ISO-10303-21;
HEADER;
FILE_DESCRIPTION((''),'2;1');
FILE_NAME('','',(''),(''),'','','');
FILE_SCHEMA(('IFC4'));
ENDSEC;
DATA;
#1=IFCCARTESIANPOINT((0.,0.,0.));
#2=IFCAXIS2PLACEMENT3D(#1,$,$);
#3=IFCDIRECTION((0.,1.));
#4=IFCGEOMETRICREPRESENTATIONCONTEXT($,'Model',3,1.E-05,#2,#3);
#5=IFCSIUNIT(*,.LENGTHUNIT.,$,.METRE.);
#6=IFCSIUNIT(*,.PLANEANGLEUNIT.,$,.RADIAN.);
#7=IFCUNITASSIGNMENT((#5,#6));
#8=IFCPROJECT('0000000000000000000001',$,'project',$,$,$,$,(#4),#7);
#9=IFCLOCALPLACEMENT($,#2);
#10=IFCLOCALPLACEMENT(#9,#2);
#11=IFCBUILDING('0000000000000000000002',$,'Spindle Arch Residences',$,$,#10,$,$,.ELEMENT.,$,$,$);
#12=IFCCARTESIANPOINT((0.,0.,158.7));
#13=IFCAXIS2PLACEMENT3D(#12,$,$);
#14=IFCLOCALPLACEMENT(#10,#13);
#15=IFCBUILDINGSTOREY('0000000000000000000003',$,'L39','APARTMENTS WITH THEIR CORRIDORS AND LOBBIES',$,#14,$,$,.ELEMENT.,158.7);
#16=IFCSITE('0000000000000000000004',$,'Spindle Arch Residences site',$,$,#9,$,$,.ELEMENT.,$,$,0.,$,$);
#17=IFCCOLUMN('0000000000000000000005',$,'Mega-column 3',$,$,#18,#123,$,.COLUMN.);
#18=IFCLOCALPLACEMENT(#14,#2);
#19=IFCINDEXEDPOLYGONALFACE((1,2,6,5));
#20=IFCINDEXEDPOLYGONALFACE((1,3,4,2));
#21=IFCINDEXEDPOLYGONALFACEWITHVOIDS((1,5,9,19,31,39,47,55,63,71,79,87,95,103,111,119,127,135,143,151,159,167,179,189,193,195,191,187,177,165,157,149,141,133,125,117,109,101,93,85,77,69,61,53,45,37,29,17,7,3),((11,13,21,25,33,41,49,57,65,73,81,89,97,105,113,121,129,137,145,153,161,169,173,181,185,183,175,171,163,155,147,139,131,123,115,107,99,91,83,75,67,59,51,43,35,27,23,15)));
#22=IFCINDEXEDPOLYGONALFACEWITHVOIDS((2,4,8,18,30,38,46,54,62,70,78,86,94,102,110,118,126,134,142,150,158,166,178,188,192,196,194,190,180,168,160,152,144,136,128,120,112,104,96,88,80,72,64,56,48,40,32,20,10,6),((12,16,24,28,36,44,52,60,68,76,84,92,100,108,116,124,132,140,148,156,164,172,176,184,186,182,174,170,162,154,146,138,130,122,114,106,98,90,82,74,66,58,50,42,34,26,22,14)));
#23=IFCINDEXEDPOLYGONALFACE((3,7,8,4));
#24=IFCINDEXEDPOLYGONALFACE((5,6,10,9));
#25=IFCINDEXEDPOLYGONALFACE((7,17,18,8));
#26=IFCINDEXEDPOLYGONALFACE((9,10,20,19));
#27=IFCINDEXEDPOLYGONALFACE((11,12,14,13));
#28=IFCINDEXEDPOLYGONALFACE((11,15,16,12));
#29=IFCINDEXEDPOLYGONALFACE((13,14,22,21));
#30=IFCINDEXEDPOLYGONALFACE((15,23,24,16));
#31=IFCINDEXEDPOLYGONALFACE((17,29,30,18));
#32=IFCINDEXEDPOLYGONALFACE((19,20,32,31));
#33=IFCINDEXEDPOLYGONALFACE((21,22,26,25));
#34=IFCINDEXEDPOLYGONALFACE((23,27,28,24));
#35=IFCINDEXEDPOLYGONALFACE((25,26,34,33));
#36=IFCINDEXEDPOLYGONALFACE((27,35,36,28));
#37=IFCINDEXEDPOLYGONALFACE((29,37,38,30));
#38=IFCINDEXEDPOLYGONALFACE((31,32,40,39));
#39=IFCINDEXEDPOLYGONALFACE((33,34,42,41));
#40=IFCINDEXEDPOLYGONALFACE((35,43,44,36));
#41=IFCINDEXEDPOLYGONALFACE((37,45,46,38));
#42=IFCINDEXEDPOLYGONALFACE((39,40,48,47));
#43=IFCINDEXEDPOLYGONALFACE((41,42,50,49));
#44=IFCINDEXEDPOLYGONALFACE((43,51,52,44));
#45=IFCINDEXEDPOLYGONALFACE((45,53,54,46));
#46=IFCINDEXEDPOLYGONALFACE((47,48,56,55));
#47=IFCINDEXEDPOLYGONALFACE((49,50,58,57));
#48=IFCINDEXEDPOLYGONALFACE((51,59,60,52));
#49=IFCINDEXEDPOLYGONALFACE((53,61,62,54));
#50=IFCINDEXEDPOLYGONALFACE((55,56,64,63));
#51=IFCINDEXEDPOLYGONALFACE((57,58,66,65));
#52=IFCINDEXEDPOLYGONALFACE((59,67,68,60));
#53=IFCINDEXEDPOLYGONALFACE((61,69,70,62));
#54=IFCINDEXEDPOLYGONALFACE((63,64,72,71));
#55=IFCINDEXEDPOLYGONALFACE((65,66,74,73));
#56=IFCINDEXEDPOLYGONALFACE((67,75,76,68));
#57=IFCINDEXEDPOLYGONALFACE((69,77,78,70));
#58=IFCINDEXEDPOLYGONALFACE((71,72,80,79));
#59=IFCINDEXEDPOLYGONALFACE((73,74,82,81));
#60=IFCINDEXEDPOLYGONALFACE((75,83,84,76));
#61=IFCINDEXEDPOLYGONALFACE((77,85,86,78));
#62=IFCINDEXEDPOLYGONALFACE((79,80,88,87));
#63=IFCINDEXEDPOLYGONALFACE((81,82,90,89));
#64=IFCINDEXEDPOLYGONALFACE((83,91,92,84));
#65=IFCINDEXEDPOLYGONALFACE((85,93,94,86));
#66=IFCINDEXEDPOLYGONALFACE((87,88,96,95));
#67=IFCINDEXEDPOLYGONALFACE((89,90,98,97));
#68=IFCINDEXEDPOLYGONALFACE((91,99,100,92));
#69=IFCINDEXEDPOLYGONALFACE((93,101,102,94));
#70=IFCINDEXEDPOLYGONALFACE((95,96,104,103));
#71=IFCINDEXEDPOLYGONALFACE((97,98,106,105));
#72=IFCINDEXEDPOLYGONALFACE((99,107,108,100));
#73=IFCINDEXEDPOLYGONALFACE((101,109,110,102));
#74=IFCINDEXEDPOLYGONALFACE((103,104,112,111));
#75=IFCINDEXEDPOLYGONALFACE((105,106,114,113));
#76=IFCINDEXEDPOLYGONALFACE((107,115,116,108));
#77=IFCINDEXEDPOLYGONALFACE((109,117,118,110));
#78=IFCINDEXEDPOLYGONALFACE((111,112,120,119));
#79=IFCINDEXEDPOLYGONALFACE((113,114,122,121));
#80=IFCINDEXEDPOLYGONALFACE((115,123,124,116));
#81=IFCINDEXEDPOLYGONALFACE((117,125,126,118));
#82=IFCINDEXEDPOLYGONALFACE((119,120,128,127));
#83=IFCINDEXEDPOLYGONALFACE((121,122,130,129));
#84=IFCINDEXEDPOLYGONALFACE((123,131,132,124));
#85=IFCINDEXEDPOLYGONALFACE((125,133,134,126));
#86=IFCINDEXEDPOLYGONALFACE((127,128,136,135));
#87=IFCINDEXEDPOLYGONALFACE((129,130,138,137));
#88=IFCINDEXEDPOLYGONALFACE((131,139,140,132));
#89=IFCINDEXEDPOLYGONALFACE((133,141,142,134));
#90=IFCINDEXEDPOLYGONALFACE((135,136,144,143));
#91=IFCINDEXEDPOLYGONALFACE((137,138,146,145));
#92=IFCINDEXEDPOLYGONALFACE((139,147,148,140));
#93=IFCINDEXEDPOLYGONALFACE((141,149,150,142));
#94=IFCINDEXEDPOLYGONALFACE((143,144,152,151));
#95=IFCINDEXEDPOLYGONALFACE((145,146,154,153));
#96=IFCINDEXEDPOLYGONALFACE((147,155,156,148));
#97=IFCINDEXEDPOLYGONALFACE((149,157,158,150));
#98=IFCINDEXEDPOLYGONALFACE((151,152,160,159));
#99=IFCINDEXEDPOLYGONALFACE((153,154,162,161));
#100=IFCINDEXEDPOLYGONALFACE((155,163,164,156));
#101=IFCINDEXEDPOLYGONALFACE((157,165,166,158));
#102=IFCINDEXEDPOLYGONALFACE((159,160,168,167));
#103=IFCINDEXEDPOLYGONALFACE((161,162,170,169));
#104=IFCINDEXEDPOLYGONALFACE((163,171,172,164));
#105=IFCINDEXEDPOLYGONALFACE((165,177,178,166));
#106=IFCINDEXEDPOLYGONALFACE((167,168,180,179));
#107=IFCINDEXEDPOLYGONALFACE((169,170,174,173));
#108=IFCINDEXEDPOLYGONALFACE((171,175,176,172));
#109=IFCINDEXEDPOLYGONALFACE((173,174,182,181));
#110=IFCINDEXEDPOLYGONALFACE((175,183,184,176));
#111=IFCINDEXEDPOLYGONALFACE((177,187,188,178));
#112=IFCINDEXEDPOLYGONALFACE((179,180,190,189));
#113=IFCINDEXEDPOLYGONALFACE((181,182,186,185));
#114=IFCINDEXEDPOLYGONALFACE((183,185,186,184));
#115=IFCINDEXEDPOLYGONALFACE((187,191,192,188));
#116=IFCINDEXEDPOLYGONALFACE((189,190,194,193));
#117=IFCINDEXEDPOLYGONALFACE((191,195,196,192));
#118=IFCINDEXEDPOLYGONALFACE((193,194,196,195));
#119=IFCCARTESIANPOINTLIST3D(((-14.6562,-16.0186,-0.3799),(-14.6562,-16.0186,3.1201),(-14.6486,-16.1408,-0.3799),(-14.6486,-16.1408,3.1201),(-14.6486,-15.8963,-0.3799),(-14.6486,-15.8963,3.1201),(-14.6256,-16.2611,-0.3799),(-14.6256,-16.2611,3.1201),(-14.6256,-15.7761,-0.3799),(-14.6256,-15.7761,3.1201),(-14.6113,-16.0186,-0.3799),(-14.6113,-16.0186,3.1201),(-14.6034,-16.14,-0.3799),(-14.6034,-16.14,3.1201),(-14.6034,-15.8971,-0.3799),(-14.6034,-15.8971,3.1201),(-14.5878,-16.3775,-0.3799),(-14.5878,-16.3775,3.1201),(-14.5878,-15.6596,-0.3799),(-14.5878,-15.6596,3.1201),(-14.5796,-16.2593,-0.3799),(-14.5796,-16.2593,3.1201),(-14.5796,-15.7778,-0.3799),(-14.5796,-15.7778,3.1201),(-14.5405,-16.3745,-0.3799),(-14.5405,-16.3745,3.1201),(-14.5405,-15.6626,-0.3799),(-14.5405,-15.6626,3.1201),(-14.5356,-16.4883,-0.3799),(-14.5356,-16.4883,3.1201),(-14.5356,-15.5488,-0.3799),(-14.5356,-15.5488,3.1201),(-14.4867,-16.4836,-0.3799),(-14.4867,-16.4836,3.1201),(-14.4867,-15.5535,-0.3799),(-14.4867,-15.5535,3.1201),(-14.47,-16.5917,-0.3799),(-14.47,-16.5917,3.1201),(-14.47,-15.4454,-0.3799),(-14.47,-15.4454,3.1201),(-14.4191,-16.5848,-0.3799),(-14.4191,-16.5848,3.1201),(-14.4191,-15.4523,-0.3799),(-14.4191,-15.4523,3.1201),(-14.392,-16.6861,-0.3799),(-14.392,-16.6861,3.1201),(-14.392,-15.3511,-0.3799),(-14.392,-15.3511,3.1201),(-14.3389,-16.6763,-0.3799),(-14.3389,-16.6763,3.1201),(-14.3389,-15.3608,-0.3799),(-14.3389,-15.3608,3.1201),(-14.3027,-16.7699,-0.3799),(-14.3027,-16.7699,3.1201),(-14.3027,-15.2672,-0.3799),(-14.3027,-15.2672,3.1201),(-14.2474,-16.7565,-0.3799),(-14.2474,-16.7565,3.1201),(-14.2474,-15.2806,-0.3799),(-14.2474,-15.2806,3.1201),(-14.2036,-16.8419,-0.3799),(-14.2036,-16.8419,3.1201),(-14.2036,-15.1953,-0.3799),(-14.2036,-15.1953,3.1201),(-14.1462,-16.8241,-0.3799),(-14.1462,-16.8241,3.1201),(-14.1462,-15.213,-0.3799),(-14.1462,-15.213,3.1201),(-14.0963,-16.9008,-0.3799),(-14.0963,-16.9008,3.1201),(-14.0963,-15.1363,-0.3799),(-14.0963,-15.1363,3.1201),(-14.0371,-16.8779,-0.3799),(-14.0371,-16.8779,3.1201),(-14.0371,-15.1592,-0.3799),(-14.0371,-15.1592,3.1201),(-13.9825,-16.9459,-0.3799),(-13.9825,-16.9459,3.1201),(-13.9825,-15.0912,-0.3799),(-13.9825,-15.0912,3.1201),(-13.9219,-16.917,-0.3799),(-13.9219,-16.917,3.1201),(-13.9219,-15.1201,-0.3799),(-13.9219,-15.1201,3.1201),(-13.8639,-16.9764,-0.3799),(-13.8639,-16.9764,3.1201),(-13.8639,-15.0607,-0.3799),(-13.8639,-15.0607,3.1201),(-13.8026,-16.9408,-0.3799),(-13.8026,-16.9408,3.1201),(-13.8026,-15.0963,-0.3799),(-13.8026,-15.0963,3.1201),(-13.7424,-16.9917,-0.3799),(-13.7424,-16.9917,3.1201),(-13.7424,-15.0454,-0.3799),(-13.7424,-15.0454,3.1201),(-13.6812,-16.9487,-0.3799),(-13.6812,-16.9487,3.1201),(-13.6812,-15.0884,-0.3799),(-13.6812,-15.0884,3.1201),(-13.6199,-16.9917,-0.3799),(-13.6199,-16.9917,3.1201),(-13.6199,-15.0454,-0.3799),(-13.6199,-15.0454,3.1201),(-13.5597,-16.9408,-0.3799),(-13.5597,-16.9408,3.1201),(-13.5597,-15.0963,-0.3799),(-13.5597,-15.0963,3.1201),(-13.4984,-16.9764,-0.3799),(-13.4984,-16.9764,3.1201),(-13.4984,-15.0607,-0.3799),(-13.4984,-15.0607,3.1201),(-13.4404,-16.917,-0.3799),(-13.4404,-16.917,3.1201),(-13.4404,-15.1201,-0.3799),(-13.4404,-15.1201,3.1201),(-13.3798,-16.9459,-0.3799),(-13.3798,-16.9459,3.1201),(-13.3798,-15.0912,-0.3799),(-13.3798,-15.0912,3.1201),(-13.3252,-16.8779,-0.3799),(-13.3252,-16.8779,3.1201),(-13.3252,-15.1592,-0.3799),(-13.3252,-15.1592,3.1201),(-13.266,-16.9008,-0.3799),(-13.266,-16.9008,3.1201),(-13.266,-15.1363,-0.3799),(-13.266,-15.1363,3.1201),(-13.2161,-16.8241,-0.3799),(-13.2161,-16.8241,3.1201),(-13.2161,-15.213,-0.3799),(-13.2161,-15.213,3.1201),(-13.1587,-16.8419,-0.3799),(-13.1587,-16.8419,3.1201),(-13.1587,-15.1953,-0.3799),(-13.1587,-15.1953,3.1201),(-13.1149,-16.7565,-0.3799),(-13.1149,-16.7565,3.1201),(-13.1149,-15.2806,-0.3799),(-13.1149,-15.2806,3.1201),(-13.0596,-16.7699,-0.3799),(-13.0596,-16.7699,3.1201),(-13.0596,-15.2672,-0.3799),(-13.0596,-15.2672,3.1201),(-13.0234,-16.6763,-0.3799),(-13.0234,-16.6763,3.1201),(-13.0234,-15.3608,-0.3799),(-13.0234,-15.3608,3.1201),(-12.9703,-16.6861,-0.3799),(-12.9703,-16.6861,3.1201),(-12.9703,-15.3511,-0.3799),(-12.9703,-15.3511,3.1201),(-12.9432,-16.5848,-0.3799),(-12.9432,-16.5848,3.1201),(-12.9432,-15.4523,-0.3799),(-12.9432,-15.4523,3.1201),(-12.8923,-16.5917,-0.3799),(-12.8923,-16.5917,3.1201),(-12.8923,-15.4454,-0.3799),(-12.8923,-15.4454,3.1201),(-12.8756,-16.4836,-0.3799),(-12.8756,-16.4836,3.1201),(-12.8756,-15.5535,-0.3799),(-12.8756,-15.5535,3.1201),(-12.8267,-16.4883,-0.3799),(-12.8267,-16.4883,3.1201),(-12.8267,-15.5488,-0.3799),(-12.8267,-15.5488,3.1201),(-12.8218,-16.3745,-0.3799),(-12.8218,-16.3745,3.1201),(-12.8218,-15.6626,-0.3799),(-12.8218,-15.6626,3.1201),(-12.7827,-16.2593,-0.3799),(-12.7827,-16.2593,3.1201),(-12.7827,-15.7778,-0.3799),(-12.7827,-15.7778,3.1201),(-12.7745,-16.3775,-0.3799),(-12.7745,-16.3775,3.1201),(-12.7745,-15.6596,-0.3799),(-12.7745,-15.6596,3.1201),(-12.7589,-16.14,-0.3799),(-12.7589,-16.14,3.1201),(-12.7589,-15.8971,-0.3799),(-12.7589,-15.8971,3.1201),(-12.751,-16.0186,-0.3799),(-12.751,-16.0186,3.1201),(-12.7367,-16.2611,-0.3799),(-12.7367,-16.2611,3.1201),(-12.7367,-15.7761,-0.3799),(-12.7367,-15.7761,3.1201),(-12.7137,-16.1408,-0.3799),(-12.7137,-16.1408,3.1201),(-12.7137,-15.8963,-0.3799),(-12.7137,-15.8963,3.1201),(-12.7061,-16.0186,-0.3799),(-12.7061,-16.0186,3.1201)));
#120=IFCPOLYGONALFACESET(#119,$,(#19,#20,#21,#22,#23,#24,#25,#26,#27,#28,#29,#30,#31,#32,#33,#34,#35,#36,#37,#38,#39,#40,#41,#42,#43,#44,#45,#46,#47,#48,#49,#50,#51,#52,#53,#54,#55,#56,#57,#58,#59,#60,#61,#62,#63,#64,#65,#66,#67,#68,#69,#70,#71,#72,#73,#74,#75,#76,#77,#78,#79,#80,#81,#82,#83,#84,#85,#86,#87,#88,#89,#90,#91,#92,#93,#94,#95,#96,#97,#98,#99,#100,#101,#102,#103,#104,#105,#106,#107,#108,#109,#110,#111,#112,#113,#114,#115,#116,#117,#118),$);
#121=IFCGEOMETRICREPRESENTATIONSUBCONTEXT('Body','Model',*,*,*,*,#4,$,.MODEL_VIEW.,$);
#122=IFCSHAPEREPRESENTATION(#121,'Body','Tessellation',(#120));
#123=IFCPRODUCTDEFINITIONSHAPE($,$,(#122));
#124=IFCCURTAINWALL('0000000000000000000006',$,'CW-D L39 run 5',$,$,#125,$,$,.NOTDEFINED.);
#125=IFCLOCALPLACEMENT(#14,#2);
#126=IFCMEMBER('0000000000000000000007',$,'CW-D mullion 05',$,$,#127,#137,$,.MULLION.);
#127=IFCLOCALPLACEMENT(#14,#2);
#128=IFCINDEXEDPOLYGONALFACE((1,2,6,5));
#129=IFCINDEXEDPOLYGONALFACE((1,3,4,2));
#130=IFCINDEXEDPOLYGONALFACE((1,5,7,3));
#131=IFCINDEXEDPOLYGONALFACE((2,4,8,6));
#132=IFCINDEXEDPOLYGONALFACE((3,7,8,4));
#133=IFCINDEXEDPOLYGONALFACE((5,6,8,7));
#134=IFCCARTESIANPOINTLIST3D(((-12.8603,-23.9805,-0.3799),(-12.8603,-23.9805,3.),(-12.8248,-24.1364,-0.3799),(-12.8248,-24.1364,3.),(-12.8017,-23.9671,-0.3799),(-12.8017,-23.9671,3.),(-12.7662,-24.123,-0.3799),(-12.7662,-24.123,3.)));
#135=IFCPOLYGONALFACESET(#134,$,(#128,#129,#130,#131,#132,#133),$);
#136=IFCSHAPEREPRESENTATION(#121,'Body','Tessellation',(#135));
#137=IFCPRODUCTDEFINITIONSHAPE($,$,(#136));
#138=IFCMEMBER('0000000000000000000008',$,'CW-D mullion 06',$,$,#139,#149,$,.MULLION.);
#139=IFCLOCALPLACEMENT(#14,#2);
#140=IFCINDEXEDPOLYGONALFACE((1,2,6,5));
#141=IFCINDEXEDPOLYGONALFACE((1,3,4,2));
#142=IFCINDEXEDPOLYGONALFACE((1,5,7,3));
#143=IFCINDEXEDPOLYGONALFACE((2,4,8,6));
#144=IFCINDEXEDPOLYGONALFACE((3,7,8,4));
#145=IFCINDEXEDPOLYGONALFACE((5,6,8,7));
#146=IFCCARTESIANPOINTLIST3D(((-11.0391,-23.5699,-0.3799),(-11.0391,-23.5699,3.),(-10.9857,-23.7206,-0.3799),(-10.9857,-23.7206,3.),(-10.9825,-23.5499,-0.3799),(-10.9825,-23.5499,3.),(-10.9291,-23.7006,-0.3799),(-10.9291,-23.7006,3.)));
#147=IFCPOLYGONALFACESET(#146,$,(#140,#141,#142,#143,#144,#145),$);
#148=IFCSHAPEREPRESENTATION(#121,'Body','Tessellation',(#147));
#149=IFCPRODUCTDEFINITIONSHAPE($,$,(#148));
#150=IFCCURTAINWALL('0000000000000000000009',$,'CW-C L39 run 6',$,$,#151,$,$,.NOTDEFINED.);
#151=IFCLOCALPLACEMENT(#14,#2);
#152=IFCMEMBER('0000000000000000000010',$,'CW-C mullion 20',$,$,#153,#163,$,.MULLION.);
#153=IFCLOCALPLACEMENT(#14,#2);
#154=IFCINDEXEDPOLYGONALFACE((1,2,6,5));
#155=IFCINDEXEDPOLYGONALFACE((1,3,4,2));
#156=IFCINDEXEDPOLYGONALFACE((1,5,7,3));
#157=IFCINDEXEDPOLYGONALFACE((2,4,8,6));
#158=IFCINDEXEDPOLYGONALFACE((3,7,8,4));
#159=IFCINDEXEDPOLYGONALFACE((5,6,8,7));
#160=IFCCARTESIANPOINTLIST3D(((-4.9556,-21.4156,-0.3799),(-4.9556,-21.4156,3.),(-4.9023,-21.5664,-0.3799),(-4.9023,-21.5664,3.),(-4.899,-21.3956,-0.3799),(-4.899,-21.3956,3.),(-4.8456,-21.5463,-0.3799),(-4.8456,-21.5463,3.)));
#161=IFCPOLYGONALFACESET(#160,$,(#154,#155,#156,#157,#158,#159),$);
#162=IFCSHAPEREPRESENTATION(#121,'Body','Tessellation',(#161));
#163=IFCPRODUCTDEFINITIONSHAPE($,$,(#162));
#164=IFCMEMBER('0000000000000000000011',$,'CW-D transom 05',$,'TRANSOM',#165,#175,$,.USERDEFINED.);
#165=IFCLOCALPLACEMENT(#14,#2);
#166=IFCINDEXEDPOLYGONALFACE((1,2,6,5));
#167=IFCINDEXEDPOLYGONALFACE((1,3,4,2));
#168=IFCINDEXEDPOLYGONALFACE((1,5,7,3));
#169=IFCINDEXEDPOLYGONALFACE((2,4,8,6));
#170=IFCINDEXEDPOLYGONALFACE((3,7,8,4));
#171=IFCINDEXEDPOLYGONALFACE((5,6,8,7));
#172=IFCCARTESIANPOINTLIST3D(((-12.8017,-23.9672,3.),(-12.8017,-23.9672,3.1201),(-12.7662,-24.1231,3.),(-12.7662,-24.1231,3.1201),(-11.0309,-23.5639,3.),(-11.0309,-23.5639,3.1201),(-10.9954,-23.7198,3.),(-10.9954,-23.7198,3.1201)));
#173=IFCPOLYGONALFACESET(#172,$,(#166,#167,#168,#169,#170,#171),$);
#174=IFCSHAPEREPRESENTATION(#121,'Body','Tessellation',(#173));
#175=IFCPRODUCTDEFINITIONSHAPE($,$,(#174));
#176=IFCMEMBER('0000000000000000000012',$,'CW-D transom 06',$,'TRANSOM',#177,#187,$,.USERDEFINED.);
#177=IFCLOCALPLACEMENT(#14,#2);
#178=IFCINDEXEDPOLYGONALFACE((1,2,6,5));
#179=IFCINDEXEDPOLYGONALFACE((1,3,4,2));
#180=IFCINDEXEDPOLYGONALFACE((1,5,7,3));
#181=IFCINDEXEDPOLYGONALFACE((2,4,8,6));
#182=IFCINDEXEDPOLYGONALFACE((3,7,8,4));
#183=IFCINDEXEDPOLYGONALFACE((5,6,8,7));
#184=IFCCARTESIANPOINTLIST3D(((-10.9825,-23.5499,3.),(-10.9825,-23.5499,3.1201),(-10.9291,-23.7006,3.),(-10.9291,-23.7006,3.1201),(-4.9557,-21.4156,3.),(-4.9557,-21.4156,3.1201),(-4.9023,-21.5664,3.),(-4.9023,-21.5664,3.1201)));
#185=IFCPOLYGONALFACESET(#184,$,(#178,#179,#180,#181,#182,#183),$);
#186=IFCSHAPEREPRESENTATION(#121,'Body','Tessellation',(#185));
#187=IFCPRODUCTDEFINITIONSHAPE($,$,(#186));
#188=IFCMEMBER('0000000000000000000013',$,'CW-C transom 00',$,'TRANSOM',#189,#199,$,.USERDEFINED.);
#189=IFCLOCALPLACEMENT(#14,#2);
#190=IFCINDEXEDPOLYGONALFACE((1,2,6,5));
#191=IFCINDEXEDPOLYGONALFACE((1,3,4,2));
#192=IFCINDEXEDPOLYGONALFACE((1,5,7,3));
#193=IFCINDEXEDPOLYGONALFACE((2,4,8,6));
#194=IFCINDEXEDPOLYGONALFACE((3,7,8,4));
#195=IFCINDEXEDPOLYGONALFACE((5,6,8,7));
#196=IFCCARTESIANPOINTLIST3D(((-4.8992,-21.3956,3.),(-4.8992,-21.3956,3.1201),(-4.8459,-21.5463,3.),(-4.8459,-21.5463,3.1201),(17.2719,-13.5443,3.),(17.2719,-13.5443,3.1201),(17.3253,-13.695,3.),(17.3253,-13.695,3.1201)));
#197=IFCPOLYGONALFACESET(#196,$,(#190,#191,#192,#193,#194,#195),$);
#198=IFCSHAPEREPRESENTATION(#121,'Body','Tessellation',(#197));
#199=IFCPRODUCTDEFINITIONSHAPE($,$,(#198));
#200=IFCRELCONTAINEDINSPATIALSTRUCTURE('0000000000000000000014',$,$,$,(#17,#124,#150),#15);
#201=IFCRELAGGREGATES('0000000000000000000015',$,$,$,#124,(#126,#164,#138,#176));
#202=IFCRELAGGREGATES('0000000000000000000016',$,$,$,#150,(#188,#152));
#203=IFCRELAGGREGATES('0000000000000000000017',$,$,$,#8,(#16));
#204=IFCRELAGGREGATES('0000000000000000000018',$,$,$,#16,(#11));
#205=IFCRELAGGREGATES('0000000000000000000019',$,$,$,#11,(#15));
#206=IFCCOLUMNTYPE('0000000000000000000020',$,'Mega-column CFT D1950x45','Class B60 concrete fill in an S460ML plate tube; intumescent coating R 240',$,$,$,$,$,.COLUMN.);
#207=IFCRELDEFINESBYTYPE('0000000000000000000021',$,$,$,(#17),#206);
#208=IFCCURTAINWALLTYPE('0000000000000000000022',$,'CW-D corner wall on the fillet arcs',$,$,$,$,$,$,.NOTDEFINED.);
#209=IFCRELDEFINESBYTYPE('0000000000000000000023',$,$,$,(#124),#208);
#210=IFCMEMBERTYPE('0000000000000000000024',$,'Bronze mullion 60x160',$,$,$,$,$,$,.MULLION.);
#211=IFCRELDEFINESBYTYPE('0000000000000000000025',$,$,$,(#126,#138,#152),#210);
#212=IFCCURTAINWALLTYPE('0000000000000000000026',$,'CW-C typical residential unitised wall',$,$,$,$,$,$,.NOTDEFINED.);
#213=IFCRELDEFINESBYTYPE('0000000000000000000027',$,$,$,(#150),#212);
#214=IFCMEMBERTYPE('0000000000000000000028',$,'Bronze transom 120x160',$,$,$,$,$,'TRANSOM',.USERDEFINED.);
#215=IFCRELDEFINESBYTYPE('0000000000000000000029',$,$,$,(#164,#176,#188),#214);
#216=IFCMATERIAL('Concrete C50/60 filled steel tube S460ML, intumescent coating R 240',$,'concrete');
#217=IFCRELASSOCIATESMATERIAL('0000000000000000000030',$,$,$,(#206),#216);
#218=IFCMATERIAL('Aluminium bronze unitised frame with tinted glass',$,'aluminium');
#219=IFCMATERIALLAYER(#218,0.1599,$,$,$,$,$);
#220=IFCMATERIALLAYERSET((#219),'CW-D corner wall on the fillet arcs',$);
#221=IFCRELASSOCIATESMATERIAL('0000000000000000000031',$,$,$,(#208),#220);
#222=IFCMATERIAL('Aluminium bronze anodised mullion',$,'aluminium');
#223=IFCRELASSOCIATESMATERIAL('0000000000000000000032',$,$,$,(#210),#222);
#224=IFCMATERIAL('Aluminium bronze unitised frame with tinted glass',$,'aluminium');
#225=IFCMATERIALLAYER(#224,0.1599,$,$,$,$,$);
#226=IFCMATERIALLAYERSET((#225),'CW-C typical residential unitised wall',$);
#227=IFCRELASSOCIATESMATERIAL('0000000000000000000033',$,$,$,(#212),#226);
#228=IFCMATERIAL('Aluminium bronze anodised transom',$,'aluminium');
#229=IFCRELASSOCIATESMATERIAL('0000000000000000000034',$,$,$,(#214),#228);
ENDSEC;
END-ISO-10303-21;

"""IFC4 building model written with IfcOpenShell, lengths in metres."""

from ifc_helpers import new_model, si_unit, direction, frame, origin, origin_2d, place, context, subcontext, project, spatial, rectangle, hollow_circle, extrude, material, layer, layer_set, material_profile, profile_set, type_object, element, aggregate, save


model = new_model("IFC4")

# Units and contexts
model_context = context("Model", 3, precision=1e-05, world=origin(), true_north=direction((0.0, 1.0)))
body_context = subcontext(model_context, "Body", "Model", "MODEL_VIEW")
ifc_project = project(units=[si_unit("LENGTHUNIT", "METRE"), si_unit("PLANEANGLEUNIT", "RADIAN")], contexts=[model_context])

# Site, building, storey
site_placement = place(None, origin())
site = spatial("IfcSite", under=ifc_project, at=site_placement, Name="Spindle Arch Residences site", CompositionType="ELEMENT", RefElevation=0.0)
building_placement = place(site_placement, origin())
building = spatial("IfcBuilding", under=site, at=building_placement, Name="Spindle Arch Residences", CompositionType="ELEMENT")
storey_placement = place(building_placement, frame((0.0, 0.0, 158.7)))
storey = spatial("IfcBuildingStorey", under=building, at=storey_placement, Name="L39", Description="APARTMENTS WITH THEIR CORRIDORS AND LOBBIES", CompositionType="ELEMENT", Elevation=158.7)

# Column
ifc_material_1 = material(Name="Concrete C50/60 filled steel tube S460ML, intumescent coating R 240", Category="concrete")
ifc_material_profile_1 = material_profile(ifc_material_1, hollow_circle(Radius=0.9751, WallThickness=0.0449, at=origin_2d()), Name="CFT D1950x45")
ifc_profile_set_1 = profile_set([ifc_material_profile_1], Name="Concrete C50/60 filled steel tube S460ML, intumescent coating R 240")
column_type_1 = type_object("IfcColumnType", Name="Mega-column CFT D1950x45", Description="Class B60 concrete fill in an S460ML plate tube; intumescent coating R 240", PredefinedType="COLUMN", material=ifc_profile_set_1)
column_placement = place(storey_placement, frame((-13.6812, -16.0186, -0.3799), z_axis=(0.0, 0.0, 1.0), x_axis=(1.0, 0.0, 0.0)))
element("IfcColumn", 1, at=column_placement, inside=storey, type_object=column_type_1, Name="Mega-column 3", PredefinedType="COLUMN", context=body_context, shape_type="SweptSolid", body=[
    extrude(hollow_circle(Radius=0.9751, WallThickness=0.0449, at=origin_2d()), origin(), (0.0, 0.0, 1.0), 3.5),
])

# Curtain wall, members
ifc_material_2 = material(Name="Aluminium bronze unitised frame with tinted glass", Category="aluminium")
ifc_layer_1 = layer(ifc_material_2, 0.1599)
ifc_layer_set_1 = layer_set([ifc_layer_1], Name="CW-D corner wall on the fillet arcs")
curtain_wall_type_1 = type_object("IfcCurtainWallType", Name="CW-D corner wall on the fillet arcs", PredefinedType="NOTDEFINED", material=ifc_layer_set_1)
curtain_wall_1_placement = place(storey_placement, origin())
curtain_wall_1 = element("IfcCurtainWall", 2, at=curtain_wall_1_placement, inside=storey, type_object=curtain_wall_type_1, Name="CW-D L39 run 5", PredefinedType="NOTDEFINED")
ifc_material_3 = material(Name="Aluminium bronze anodised mullion", Category="aluminium")
ifc_material_profile_2 = material_profile(ifc_material_3, rectangle(XDim=0.1599, YDim=0.0601, at=origin_2d()), Name="MU 60x160")
ifc_profile_set_2 = profile_set([ifc_material_profile_2], Name="Aluminium bronze anodised mullion")
member_type_1 = type_object("IfcMemberType", Name="Bronze mullion 60x160", PredefinedType="MULLION", material=ifc_profile_set_2)
member_1_placement = place(storey_placement, frame((-12.8132, -24.0518, -0.3799), z_axis=(0.0, 0.0, 1.0), x_axis=(-0.222116, 0.97502, 0.0)))
member_1 = element("IfcMember", 3, at=member_1_placement, type_object=member_type_1, Name="CW-D mullion 05", PredefinedType="MULLION", context=body_context, shape_type="SweptSolid", body=[
    extrude(rectangle(XDim=0.1599, YDim=0.0601, at=origin_2d()), origin(), (0.0, 0.0, 1.0), 3.3799),
])
member_2_placement = place(storey_placement, frame((-10.9841, -23.6353, -0.3799), z_axis=(0.0, 0.0, 1.0), x_axis=(-0.333807, 0.942641, 0.0)))
member_2 = element("IfcMember", 4, at=member_2_placement, type_object=member_type_1, Name="CW-D mullion 06", PredefinedType="MULLION", context=body_context, shape_type="SweptSolid", body=[
    extrude(rectangle(XDim=0.1599, YDim=0.0601, at=origin_2d()), origin(), (0.0, 0.0, 1.0), 3.3799),
])

# Curtain wall, member
ifc_material_4 = material(Name="Aluminium bronze unitised frame with tinted glass", Category="aluminium")
ifc_layer_2 = layer(ifc_material_4, 0.1599)
ifc_layer_set_2 = layer_set([ifc_layer_2], Name="CW-C typical residential unitised wall")
curtain_wall_type_2 = type_object("IfcCurtainWallType", Name="CW-C typical residential unitised wall", PredefinedType="NOTDEFINED", material=ifc_layer_set_2)
curtain_wall_2_placement = place(storey_placement, origin())
curtain_wall_2 = element("IfcCurtainWall", 5, at=curtain_wall_2_placement, inside=storey, type_object=curtain_wall_type_2, Name="CW-C L39 run 6", PredefinedType="NOTDEFINED")
member_3_placement = place(storey_placement, frame((-4.9006, -21.481, -0.3799), z_axis=(0.0, 0.0, 1.0), x_axis=(-0.333807, 0.942641, 0.0)))
member_3 = element("IfcMember", 6, at=member_3_placement, type_object=member_type_1, Name="CW-C mullion 20", PredefinedType="MULLION", context=body_context, shape_type="SweptSolid", body=[
    extrude(rectangle(XDim=0.1599, YDim=0.0601, at=origin_2d()), origin(), (0.0, 0.0, 1.0), 3.3799),
])

# Members
ifc_material_5 = material(Name="Aluminium bronze anodised transom", Category="aluminium")
ifc_material_profile_3 = material_profile(ifc_material_5, rectangle(XDim=0.1599, YDim=0.1201, at=origin_2d()), Name="TR 120x160")
ifc_profile_set_3 = profile_set([ifc_material_profile_3], Name="Aluminium bronze anodised transom")
member_type_2 = type_object("IfcMemberType", Name="Bronze transom 120x160", ElementType="TRANSOM", PredefinedType="USERDEFINED", material=ifc_profile_set_3)
member_4_placement = place(storey_placement, frame((-12.7839, -24.0452, 3.0601), z_axis=(0.975028, 0.22208, 0.0), x_axis=(-0.22208, 0.975028, 0.0)))
member_4 = element("IfcMember", 7, at=member_4_placement, type_object=member_type_2, Name="CW-D transom 05", ObjectType="TRANSOM", PredefinedType="USERDEFINED", context=body_context, shape_type="SweptSolid", body=[
    extrude(rectangle(XDim=0.1599, YDim=0.1201, at=origin_2d()), origin(), (0.0, 0.0, 1.0), 1.8162),
])
member_5_placement = place(storey_placement, frame((-10.9558, -23.6252, 3.0601), z_axis=(0.942639, 0.333815, 0.0), x_axis=(-0.333815, 0.942639, 0.0)))
member_5 = element("IfcMember", 8, at=member_5_placement, type_object=member_type_2, Name="CW-D transom 06", ObjectType="TRANSOM", PredefinedType="USERDEFINED", context=body_context, shape_type="SweptSolid", body=[
    extrude(rectangle(XDim=0.1599, YDim=0.1201, at=origin_2d()), origin(), (0.0, 0.0, 1.0), 6.3936),
])
member_6_placement = place(storey_placement, frame((-4.8726, -21.4709, 3.0601), z_axis=(0.94264, 0.333811, 0.0), x_axis=(-0.333811, 0.94264, 0.0)))
member_6 = element("IfcMember", 9, at=member_6_placement, type_object=member_type_2, Name="CW-C transom 00", ObjectType="TRANSOM", PredefinedType="USERDEFINED", context=body_context, shape_type="SweptSolid", body=[
    extrude(rectangle(XDim=0.1599, YDim=0.1201, at=origin_2d()), origin(), (0.0, 0.0, 1.0), 23.5203),
])

aggregate(curtain_wall_1, [member_1, member_4, member_2, member_5])
aggregate(curtain_wall_2, [member_6, member_3])

save(model, "model.ifc")
